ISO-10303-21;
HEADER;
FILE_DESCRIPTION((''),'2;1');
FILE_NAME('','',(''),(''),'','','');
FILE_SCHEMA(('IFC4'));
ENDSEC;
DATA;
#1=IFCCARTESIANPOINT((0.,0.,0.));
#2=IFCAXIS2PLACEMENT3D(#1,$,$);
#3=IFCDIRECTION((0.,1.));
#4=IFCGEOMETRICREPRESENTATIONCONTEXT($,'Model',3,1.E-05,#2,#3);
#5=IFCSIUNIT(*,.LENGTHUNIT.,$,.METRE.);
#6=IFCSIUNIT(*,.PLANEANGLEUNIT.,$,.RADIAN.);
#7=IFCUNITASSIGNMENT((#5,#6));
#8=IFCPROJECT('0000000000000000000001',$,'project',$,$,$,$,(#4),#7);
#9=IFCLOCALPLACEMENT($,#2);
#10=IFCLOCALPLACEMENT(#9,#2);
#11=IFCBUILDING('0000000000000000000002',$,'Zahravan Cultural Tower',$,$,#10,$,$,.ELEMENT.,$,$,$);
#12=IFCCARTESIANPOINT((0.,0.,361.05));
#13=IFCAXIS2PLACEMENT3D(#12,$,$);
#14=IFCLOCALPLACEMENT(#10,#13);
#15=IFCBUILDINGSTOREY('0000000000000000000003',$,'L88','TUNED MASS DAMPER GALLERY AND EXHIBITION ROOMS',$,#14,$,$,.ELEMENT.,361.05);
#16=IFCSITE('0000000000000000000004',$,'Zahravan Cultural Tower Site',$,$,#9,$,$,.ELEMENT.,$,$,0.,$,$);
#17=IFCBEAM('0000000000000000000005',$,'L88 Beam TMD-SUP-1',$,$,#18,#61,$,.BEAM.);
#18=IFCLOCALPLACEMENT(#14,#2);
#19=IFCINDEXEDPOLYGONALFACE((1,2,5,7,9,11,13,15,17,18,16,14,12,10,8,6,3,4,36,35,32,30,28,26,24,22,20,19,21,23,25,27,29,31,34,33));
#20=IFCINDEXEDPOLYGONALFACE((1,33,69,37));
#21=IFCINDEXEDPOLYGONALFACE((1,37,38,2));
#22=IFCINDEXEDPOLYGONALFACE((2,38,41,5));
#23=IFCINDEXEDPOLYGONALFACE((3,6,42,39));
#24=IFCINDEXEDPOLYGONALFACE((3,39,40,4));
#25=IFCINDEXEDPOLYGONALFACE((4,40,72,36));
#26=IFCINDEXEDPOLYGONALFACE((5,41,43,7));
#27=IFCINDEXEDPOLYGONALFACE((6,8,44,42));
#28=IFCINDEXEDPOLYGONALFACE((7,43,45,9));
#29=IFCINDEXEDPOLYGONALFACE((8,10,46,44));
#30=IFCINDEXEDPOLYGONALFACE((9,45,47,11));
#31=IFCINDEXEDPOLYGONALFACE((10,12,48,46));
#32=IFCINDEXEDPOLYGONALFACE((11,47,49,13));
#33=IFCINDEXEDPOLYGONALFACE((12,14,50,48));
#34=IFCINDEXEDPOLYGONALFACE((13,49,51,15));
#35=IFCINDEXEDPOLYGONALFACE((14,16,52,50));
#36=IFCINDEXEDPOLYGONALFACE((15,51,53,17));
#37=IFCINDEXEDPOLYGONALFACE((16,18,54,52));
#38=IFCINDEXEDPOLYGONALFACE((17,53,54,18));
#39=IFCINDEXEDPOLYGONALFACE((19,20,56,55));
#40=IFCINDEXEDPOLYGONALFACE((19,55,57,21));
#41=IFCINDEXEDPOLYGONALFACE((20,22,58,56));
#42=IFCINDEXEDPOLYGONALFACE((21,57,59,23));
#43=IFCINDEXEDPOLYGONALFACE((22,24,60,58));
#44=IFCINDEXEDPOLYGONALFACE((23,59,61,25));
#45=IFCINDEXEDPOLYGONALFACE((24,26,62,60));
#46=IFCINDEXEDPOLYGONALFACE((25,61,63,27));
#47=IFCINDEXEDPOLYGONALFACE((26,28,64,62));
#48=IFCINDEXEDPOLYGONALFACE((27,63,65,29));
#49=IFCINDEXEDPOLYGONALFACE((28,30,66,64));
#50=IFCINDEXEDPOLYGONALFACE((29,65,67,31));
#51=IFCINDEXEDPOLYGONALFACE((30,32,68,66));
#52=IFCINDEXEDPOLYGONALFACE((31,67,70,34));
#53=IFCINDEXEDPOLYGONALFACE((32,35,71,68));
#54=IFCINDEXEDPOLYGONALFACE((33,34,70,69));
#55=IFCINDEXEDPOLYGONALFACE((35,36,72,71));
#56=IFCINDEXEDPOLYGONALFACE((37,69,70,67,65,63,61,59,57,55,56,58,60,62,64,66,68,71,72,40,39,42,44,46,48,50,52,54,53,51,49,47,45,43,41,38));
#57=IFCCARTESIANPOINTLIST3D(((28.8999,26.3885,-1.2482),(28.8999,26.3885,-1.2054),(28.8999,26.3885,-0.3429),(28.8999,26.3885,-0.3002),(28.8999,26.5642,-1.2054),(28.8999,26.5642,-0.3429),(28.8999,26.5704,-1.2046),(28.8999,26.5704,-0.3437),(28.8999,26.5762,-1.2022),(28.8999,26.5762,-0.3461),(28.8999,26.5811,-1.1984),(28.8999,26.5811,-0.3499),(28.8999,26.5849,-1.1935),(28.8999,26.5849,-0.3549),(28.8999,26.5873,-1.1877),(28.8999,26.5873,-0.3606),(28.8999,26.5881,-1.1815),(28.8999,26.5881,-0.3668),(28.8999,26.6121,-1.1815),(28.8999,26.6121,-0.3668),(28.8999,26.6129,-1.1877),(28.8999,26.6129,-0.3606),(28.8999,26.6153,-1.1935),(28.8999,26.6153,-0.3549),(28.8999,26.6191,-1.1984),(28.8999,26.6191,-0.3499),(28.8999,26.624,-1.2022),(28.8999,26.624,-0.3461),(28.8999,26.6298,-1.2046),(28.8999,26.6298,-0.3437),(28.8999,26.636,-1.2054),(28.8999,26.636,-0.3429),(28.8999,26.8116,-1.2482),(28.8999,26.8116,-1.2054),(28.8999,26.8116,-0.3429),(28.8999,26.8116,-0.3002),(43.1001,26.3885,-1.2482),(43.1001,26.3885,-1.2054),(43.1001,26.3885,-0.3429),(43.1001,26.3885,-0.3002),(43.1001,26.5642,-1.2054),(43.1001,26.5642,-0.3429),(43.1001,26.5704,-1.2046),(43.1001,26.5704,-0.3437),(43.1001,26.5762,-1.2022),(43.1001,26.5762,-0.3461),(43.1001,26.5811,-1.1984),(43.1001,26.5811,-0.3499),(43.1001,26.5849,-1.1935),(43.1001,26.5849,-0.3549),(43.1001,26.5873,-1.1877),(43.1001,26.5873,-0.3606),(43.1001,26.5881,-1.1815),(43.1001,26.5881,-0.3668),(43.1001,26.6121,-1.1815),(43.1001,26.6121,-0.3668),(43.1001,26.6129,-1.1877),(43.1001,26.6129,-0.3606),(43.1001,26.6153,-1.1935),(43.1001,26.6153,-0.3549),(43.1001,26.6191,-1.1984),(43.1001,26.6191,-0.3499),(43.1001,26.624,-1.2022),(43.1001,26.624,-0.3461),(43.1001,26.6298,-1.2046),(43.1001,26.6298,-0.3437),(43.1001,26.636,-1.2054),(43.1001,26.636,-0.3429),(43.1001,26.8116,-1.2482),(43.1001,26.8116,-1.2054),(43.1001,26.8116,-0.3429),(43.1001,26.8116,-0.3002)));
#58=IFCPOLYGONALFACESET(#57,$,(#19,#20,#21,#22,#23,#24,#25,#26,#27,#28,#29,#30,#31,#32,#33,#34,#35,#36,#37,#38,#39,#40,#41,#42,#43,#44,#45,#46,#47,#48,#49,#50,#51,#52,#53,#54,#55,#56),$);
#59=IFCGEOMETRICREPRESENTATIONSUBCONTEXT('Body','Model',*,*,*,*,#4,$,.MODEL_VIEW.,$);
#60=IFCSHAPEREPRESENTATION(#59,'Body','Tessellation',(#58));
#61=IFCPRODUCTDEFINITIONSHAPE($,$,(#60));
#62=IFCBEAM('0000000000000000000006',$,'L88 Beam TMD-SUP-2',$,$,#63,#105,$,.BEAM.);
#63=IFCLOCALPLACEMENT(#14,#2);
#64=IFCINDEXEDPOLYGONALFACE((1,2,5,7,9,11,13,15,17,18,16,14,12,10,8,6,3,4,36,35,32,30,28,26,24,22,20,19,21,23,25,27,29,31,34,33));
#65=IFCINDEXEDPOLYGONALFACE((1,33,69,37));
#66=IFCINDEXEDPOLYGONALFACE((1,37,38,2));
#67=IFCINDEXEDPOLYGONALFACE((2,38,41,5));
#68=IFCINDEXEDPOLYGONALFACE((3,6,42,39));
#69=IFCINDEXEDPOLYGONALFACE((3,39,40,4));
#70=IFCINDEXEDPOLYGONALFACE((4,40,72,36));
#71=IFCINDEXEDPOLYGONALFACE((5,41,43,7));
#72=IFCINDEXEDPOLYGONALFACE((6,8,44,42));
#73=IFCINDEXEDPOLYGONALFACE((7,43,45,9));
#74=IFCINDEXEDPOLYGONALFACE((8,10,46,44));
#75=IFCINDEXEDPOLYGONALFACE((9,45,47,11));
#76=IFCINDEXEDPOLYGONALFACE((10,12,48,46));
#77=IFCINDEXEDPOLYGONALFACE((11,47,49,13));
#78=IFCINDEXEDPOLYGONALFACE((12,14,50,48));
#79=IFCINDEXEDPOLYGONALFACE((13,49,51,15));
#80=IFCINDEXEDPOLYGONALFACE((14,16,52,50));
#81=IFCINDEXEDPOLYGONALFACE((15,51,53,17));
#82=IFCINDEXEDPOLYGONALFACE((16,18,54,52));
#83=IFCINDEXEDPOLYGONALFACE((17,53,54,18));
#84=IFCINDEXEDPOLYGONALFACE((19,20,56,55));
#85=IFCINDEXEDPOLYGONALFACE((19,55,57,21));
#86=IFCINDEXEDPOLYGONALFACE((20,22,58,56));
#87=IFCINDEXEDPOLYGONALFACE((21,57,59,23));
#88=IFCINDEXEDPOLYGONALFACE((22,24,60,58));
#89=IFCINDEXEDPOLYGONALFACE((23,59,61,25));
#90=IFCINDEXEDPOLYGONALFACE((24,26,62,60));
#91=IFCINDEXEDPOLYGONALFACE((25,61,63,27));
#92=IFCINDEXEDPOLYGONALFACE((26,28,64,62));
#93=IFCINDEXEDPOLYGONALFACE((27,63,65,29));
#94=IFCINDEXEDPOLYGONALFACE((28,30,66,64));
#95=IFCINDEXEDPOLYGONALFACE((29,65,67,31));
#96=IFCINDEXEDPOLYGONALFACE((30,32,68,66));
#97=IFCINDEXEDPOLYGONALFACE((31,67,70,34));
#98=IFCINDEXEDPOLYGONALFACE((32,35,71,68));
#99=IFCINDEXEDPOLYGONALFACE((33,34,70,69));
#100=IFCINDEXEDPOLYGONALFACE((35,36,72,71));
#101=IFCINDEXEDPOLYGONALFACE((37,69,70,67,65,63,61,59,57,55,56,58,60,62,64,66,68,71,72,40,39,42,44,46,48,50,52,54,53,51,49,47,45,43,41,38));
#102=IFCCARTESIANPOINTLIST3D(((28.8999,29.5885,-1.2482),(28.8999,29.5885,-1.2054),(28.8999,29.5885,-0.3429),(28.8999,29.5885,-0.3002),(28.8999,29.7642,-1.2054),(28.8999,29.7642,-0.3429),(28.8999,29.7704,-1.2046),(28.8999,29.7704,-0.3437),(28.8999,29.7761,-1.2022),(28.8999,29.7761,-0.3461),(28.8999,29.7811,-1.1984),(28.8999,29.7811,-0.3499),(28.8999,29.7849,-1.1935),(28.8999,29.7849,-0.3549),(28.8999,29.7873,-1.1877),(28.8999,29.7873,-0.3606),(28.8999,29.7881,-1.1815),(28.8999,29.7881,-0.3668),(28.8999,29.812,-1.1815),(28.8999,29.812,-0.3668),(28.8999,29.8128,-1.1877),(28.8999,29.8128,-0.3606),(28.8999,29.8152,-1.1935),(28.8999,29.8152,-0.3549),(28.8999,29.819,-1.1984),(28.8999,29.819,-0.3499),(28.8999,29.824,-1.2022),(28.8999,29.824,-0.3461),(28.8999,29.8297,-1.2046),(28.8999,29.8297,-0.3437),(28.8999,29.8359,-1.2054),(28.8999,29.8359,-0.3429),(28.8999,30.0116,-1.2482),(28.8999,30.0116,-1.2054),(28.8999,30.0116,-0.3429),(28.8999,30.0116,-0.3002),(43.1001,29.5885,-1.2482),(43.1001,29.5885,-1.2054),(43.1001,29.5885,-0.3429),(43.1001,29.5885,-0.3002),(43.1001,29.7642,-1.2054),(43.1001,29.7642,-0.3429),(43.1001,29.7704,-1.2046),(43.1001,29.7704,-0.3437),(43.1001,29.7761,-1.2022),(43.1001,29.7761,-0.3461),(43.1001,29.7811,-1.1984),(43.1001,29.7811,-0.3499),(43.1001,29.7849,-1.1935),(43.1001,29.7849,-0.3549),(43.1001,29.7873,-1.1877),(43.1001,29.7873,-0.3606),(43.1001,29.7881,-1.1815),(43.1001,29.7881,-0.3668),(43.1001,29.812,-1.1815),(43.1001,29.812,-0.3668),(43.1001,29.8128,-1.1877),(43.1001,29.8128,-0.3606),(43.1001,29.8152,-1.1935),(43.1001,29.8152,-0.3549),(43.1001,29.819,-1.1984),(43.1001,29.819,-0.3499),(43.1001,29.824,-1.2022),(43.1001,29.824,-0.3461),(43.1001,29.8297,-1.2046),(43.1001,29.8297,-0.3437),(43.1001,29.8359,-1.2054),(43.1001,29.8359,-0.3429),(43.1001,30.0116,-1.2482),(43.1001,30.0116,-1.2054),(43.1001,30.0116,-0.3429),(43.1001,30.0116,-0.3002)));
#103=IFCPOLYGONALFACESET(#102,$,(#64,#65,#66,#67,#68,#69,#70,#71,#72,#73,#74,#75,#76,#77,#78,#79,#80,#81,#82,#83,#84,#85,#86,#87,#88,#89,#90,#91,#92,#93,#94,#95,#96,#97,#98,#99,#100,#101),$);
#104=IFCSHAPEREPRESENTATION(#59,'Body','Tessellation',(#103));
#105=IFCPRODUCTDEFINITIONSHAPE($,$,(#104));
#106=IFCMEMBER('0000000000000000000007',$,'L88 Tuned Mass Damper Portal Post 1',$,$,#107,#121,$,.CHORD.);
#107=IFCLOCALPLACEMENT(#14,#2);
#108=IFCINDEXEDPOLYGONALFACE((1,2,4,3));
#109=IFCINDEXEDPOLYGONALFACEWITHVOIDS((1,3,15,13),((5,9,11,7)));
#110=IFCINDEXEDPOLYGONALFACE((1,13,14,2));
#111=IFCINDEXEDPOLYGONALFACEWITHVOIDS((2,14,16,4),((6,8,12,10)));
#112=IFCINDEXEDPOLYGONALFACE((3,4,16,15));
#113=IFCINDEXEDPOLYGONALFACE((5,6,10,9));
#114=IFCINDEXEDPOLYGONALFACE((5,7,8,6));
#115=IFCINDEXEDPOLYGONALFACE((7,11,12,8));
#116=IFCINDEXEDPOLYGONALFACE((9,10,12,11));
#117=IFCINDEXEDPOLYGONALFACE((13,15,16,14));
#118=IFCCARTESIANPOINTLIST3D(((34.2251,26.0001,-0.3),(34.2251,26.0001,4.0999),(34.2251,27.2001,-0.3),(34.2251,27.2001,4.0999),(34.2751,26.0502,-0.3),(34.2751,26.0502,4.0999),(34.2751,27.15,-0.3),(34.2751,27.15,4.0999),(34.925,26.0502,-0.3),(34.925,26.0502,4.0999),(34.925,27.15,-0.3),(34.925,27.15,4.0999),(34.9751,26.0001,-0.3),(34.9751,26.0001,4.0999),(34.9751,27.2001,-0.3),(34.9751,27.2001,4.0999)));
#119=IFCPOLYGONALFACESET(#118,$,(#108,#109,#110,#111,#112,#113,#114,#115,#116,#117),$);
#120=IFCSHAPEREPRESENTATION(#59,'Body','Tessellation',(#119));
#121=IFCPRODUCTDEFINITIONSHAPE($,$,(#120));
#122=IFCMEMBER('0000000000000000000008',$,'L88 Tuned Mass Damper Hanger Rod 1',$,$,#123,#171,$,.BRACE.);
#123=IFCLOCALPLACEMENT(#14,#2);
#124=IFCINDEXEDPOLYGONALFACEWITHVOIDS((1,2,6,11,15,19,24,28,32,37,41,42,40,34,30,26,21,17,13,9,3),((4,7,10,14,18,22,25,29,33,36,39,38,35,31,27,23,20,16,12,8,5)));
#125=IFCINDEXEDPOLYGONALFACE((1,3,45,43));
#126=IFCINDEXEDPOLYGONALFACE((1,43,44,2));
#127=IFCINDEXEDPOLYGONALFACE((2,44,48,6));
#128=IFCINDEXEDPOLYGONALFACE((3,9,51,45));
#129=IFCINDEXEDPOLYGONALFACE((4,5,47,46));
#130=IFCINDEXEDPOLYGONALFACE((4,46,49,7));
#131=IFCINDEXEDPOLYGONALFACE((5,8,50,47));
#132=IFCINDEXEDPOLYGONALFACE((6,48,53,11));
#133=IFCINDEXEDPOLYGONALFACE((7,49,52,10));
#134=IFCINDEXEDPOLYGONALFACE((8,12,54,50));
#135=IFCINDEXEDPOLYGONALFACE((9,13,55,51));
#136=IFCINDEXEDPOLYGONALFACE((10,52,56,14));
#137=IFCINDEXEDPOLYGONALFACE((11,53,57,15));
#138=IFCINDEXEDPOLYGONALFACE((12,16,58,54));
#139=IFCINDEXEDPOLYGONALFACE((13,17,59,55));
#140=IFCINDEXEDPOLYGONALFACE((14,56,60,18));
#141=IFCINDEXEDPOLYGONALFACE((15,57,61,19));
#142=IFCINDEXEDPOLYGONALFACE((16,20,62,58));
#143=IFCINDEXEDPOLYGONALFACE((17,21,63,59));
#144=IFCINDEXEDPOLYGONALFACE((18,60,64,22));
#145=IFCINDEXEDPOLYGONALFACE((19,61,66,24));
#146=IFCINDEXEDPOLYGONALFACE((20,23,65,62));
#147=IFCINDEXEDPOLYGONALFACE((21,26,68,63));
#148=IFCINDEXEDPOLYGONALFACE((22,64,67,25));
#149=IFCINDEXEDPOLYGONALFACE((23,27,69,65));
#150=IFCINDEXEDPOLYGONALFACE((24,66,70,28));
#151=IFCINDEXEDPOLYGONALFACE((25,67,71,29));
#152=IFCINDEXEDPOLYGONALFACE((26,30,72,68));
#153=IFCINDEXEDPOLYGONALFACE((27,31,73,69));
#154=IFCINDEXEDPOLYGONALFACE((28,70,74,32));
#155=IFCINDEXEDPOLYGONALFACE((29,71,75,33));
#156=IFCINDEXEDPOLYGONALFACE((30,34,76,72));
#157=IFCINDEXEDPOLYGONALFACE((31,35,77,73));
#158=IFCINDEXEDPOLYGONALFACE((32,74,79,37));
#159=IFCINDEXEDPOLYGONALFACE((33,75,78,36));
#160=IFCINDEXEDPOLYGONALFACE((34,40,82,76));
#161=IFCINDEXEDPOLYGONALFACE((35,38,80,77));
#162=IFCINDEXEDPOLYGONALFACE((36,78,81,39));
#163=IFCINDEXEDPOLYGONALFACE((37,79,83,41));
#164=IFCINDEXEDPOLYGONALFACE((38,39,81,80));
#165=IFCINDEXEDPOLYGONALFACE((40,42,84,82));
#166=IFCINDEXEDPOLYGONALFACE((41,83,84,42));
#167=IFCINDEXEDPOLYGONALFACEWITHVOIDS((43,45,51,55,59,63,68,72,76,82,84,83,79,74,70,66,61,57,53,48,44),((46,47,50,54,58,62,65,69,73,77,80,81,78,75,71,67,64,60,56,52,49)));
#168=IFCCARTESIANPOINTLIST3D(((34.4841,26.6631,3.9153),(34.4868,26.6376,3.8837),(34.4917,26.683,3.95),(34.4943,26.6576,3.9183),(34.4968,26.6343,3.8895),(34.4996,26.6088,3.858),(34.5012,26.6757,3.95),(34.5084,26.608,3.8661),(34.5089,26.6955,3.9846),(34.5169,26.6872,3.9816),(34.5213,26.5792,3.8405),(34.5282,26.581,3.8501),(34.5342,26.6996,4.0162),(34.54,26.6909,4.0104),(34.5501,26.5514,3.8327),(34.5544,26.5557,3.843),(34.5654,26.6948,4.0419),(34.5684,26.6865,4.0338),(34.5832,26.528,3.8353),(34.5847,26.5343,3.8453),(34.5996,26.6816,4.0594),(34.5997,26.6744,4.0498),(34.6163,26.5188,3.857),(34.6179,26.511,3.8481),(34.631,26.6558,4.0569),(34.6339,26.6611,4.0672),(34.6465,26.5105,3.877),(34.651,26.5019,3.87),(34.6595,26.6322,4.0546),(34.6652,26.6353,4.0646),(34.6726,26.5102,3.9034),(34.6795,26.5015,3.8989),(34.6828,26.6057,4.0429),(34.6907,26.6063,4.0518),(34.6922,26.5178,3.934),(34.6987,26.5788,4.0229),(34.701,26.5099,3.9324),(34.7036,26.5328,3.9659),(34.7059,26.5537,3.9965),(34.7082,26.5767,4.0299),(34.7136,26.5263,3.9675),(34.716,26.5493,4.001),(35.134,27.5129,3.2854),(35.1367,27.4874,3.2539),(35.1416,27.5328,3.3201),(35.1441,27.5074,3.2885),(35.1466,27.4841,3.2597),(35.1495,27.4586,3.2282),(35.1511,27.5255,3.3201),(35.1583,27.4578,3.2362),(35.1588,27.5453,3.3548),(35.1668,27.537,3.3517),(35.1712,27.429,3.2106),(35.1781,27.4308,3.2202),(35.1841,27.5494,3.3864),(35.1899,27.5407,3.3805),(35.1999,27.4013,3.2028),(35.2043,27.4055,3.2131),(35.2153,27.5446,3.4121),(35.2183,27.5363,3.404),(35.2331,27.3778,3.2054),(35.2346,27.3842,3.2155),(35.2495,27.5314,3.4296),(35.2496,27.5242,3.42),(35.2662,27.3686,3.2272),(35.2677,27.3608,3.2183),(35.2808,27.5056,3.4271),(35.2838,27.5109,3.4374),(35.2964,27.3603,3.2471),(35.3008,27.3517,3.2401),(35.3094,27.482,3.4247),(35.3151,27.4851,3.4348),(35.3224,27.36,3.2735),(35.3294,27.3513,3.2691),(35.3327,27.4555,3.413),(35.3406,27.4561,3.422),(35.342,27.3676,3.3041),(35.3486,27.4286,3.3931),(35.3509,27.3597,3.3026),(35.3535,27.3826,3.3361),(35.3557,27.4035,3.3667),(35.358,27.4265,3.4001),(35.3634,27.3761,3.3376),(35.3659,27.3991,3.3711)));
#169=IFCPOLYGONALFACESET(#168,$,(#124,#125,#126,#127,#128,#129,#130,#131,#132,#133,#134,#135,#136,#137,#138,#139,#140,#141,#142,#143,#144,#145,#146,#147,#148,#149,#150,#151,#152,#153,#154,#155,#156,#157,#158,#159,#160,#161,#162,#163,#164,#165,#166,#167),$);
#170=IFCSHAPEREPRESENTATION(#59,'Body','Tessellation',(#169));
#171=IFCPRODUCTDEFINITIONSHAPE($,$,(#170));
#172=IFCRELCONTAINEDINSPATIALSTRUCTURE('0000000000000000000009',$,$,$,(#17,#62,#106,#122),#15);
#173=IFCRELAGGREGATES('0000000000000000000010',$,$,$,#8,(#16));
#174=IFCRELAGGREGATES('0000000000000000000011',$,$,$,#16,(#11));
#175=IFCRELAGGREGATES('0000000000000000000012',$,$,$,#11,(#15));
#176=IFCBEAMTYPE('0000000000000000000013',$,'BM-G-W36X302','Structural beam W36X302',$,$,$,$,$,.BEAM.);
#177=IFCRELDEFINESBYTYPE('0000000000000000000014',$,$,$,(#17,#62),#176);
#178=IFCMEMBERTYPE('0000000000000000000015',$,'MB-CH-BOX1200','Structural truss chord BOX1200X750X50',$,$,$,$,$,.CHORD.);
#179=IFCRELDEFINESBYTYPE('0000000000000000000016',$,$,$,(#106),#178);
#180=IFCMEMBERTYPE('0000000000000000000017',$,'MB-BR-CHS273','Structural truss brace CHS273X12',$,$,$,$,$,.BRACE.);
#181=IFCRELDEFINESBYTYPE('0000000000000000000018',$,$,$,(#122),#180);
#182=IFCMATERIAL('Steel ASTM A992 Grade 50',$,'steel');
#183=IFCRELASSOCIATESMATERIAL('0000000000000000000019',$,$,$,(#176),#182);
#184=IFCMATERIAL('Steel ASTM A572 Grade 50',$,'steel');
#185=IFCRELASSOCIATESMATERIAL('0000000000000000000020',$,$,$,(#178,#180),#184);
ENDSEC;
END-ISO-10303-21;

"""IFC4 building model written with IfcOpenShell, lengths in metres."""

from ifc_helpers import new_model, si_unit, direction, frame, origin, origin_2d, place, context, subcontext, project, spatial, hollow_rectangle, hollow_circle, i_section, extrude, source, transform, mapped, material, material_profile, profile_set, type_object, element, save


model = new_model("IFC4")

# Units and contexts
model_context = context("Model", 3, precision=1e-05, world=origin(), true_north=direction((0.0, 1.0)))
body_context = subcontext(model_context, "Body", "Model", "MODEL_VIEW")
ifc_project = project(units=[si_unit("LENGTHUNIT", "METRE"), si_unit("PLANEANGLEUNIT", "RADIAN")], contexts=[model_context])

# Site, building, storey
site_placement = place(None, origin())
site = spatial("IfcSite", under=ifc_project, at=site_placement, Name="Zahravan Cultural Tower Site", CompositionType="ELEMENT", RefElevation=0.0)
building_placement = place(site_placement, origin())
building = spatial("IfcBuilding", under=site, at=building_placement, Name="Zahravan Cultural Tower", CompositionType="ELEMENT")
storey_placement = place(building_placement, frame((0.0, 0.0, 361.05)))
storey = spatial("IfcBuildingStorey", under=building, at=storey_placement, Name="L88", Description="TUNED MASS DAMPER GALLERY AND EXHIBITION ROOMS", CompositionType="ELEMENT", Elevation=361.05)

# Beams
ifc_material_1 = material(Name="Steel ASTM A992 Grade 50", Category="steel")
ifc_material_profile_1 = material_profile(ifc_material_1, i_section(OverallWidth=0.4231, OverallDepth=0.948, WebThickness=0.0239, FlangeThickness=0.0427, FilletRadius=0.0239, at=origin_2d()), Name="W36X302")
ifc_profile_set_1 = profile_set([ifc_material_profile_1], Name="Steel ASTM A992 Grade 50")
beam_type_1 = type_object("IfcBeamType", Name="BM-G-W36X302", Description="Structural beam W36X302", PredefinedType="BEAM", material=ifc_profile_set_1)
shared_shape_1 = source(origin(), body_context, "Body", "SweptSolid", [
    extrude(i_section(OverallWidth=0.4231, OverallDepth=0.948, WebThickness=0.0239, FlangeThickness=0.0427, FilletRadius=0.0239, at=origin_2d()), origin(), (0.0, 0.0, 1.0), 14.2002),
])
for number, where, z_axis, x_axis, name in (
    (1, (28.8999, 26.6001, -0.7742), (1.0, 0.0, 0.0), (0.0, 1.0, 0.0), "L88 Beam TMD-SUP-1"),
    (2, (28.8999, 29.8, -0.7742), (1.0, 0.0, 0.0), (0.0, 1.0, 0.0), "L88 Beam TMD-SUP-2"),
):
    element("IfcBeam", number, at=place(storey_placement, frame(where, z_axis=z_axis, x_axis=x_axis)), inside=storey, type_object=beam_type_1, Name=name, PredefinedType="BEAM", context=body_context, shape_type="MappedRepresentation", body=[
        mapped(shared_shape_1, transform((0.0, 0.0, 0.0), x_axis=(1.0, 0.0, 0.0), y_axis=(0.0, 1.0, 0.0), z_axis=(0.0, 0.0, 1.0), scale=1.0)),
    ])

# Members
ifc_material_2 = material(Name="Steel ASTM A572 Grade 50", Category="steel")
ifc_material_profile_2 = material_profile(ifc_material_2, hollow_rectangle(XDim=0.75, YDim=1.2, WallThickness=0.05, at=origin_2d()), Name="BOX1200X750X50")
ifc_profile_set_2 = profile_set([ifc_material_profile_2], Name="Steel ASTM A572 Grade 50")
member_type_1 = type_object("IfcMemberType", Name="MB-CH-BOX1200", Description="Structural truss chord BOX1200X750X50", PredefinedType="CHORD", material=ifc_profile_set_2)
shared_shape_2 = source(origin(), body_context, "Body", "SweptSolid", [
    extrude(hollow_rectangle(XDim=0.75, YDim=1.2, WallThickness=0.05, at=origin_2d()), origin(), (0.0, 0.0, 1.0), 4.3999),
])
member_1_placement = place(storey_placement, frame((34.6001, 26.6001, -0.3), z_axis=(0.0, 0.0, 1.0), x_axis=(1.0, 0.0, 0.0)))
element("IfcMember", 3, at=member_1_placement, inside=storey, type_object=member_type_1, Name="L88 Tuned Mass Damper Portal Post 1", PredefinedType="CHORD", context=body_context, shape_type="MappedRepresentation", body=[
    mapped(shared_shape_2, transform((0.0, 0.0, 0.0), x_axis=(1.0, 0.0, 0.0), y_axis=(0.0, 1.0, 0.0), z_axis=(0.0, 0.0, 1.0), scale=1.0)),
])
ifc_material_profile_3 = material_profile(ifc_material_2, hollow_circle(Radius=0.1365, WallThickness=0.012, at=origin_2d()), Name="CHS273X12")
ifc_profile_set_3 = profile_set([ifc_material_profile_3], Name="Steel ASTM A572 Grade 50")
member_type_2 = type_object("IfcMemberType", Name="MB-BR-CHS273", Description="Structural truss brace CHS273X12", PredefinedType="BRACE", material=ifc_profile_set_3)
shared_shape_3 = source(origin(), body_context, "Body", "SweptSolid", [
    extrude(hollow_circle(Radius=0.1365, WallThickness=0.012, at=origin_2d()), origin(), (0.0, 0.0, 1.0), 1.2415),
])
member_2_placement = place(storey_placement, frame((34.6001, 26.6001, 3.95), z_axis=(0.523472, 0.684526, -0.507347), x_axis=(-0.794351, 0.607459, 0.0)))
element("IfcMember", 4, at=member_2_placement, inside=storey, type_object=member_type_2, Name="L88 Tuned Mass Damper Hanger Rod 1", PredefinedType="BRACE", context=body_context, shape_type="MappedRepresentation", body=[
    mapped(shared_shape_3, transform((0.0, 0.0, 0.0), x_axis=(1.0, 0.0, 0.0), y_axis=(0.0, 1.0, 0.0), z_axis=(0.0, 0.0, 1.0), scale=1.0)),
])

save(model, "model.ifc")
